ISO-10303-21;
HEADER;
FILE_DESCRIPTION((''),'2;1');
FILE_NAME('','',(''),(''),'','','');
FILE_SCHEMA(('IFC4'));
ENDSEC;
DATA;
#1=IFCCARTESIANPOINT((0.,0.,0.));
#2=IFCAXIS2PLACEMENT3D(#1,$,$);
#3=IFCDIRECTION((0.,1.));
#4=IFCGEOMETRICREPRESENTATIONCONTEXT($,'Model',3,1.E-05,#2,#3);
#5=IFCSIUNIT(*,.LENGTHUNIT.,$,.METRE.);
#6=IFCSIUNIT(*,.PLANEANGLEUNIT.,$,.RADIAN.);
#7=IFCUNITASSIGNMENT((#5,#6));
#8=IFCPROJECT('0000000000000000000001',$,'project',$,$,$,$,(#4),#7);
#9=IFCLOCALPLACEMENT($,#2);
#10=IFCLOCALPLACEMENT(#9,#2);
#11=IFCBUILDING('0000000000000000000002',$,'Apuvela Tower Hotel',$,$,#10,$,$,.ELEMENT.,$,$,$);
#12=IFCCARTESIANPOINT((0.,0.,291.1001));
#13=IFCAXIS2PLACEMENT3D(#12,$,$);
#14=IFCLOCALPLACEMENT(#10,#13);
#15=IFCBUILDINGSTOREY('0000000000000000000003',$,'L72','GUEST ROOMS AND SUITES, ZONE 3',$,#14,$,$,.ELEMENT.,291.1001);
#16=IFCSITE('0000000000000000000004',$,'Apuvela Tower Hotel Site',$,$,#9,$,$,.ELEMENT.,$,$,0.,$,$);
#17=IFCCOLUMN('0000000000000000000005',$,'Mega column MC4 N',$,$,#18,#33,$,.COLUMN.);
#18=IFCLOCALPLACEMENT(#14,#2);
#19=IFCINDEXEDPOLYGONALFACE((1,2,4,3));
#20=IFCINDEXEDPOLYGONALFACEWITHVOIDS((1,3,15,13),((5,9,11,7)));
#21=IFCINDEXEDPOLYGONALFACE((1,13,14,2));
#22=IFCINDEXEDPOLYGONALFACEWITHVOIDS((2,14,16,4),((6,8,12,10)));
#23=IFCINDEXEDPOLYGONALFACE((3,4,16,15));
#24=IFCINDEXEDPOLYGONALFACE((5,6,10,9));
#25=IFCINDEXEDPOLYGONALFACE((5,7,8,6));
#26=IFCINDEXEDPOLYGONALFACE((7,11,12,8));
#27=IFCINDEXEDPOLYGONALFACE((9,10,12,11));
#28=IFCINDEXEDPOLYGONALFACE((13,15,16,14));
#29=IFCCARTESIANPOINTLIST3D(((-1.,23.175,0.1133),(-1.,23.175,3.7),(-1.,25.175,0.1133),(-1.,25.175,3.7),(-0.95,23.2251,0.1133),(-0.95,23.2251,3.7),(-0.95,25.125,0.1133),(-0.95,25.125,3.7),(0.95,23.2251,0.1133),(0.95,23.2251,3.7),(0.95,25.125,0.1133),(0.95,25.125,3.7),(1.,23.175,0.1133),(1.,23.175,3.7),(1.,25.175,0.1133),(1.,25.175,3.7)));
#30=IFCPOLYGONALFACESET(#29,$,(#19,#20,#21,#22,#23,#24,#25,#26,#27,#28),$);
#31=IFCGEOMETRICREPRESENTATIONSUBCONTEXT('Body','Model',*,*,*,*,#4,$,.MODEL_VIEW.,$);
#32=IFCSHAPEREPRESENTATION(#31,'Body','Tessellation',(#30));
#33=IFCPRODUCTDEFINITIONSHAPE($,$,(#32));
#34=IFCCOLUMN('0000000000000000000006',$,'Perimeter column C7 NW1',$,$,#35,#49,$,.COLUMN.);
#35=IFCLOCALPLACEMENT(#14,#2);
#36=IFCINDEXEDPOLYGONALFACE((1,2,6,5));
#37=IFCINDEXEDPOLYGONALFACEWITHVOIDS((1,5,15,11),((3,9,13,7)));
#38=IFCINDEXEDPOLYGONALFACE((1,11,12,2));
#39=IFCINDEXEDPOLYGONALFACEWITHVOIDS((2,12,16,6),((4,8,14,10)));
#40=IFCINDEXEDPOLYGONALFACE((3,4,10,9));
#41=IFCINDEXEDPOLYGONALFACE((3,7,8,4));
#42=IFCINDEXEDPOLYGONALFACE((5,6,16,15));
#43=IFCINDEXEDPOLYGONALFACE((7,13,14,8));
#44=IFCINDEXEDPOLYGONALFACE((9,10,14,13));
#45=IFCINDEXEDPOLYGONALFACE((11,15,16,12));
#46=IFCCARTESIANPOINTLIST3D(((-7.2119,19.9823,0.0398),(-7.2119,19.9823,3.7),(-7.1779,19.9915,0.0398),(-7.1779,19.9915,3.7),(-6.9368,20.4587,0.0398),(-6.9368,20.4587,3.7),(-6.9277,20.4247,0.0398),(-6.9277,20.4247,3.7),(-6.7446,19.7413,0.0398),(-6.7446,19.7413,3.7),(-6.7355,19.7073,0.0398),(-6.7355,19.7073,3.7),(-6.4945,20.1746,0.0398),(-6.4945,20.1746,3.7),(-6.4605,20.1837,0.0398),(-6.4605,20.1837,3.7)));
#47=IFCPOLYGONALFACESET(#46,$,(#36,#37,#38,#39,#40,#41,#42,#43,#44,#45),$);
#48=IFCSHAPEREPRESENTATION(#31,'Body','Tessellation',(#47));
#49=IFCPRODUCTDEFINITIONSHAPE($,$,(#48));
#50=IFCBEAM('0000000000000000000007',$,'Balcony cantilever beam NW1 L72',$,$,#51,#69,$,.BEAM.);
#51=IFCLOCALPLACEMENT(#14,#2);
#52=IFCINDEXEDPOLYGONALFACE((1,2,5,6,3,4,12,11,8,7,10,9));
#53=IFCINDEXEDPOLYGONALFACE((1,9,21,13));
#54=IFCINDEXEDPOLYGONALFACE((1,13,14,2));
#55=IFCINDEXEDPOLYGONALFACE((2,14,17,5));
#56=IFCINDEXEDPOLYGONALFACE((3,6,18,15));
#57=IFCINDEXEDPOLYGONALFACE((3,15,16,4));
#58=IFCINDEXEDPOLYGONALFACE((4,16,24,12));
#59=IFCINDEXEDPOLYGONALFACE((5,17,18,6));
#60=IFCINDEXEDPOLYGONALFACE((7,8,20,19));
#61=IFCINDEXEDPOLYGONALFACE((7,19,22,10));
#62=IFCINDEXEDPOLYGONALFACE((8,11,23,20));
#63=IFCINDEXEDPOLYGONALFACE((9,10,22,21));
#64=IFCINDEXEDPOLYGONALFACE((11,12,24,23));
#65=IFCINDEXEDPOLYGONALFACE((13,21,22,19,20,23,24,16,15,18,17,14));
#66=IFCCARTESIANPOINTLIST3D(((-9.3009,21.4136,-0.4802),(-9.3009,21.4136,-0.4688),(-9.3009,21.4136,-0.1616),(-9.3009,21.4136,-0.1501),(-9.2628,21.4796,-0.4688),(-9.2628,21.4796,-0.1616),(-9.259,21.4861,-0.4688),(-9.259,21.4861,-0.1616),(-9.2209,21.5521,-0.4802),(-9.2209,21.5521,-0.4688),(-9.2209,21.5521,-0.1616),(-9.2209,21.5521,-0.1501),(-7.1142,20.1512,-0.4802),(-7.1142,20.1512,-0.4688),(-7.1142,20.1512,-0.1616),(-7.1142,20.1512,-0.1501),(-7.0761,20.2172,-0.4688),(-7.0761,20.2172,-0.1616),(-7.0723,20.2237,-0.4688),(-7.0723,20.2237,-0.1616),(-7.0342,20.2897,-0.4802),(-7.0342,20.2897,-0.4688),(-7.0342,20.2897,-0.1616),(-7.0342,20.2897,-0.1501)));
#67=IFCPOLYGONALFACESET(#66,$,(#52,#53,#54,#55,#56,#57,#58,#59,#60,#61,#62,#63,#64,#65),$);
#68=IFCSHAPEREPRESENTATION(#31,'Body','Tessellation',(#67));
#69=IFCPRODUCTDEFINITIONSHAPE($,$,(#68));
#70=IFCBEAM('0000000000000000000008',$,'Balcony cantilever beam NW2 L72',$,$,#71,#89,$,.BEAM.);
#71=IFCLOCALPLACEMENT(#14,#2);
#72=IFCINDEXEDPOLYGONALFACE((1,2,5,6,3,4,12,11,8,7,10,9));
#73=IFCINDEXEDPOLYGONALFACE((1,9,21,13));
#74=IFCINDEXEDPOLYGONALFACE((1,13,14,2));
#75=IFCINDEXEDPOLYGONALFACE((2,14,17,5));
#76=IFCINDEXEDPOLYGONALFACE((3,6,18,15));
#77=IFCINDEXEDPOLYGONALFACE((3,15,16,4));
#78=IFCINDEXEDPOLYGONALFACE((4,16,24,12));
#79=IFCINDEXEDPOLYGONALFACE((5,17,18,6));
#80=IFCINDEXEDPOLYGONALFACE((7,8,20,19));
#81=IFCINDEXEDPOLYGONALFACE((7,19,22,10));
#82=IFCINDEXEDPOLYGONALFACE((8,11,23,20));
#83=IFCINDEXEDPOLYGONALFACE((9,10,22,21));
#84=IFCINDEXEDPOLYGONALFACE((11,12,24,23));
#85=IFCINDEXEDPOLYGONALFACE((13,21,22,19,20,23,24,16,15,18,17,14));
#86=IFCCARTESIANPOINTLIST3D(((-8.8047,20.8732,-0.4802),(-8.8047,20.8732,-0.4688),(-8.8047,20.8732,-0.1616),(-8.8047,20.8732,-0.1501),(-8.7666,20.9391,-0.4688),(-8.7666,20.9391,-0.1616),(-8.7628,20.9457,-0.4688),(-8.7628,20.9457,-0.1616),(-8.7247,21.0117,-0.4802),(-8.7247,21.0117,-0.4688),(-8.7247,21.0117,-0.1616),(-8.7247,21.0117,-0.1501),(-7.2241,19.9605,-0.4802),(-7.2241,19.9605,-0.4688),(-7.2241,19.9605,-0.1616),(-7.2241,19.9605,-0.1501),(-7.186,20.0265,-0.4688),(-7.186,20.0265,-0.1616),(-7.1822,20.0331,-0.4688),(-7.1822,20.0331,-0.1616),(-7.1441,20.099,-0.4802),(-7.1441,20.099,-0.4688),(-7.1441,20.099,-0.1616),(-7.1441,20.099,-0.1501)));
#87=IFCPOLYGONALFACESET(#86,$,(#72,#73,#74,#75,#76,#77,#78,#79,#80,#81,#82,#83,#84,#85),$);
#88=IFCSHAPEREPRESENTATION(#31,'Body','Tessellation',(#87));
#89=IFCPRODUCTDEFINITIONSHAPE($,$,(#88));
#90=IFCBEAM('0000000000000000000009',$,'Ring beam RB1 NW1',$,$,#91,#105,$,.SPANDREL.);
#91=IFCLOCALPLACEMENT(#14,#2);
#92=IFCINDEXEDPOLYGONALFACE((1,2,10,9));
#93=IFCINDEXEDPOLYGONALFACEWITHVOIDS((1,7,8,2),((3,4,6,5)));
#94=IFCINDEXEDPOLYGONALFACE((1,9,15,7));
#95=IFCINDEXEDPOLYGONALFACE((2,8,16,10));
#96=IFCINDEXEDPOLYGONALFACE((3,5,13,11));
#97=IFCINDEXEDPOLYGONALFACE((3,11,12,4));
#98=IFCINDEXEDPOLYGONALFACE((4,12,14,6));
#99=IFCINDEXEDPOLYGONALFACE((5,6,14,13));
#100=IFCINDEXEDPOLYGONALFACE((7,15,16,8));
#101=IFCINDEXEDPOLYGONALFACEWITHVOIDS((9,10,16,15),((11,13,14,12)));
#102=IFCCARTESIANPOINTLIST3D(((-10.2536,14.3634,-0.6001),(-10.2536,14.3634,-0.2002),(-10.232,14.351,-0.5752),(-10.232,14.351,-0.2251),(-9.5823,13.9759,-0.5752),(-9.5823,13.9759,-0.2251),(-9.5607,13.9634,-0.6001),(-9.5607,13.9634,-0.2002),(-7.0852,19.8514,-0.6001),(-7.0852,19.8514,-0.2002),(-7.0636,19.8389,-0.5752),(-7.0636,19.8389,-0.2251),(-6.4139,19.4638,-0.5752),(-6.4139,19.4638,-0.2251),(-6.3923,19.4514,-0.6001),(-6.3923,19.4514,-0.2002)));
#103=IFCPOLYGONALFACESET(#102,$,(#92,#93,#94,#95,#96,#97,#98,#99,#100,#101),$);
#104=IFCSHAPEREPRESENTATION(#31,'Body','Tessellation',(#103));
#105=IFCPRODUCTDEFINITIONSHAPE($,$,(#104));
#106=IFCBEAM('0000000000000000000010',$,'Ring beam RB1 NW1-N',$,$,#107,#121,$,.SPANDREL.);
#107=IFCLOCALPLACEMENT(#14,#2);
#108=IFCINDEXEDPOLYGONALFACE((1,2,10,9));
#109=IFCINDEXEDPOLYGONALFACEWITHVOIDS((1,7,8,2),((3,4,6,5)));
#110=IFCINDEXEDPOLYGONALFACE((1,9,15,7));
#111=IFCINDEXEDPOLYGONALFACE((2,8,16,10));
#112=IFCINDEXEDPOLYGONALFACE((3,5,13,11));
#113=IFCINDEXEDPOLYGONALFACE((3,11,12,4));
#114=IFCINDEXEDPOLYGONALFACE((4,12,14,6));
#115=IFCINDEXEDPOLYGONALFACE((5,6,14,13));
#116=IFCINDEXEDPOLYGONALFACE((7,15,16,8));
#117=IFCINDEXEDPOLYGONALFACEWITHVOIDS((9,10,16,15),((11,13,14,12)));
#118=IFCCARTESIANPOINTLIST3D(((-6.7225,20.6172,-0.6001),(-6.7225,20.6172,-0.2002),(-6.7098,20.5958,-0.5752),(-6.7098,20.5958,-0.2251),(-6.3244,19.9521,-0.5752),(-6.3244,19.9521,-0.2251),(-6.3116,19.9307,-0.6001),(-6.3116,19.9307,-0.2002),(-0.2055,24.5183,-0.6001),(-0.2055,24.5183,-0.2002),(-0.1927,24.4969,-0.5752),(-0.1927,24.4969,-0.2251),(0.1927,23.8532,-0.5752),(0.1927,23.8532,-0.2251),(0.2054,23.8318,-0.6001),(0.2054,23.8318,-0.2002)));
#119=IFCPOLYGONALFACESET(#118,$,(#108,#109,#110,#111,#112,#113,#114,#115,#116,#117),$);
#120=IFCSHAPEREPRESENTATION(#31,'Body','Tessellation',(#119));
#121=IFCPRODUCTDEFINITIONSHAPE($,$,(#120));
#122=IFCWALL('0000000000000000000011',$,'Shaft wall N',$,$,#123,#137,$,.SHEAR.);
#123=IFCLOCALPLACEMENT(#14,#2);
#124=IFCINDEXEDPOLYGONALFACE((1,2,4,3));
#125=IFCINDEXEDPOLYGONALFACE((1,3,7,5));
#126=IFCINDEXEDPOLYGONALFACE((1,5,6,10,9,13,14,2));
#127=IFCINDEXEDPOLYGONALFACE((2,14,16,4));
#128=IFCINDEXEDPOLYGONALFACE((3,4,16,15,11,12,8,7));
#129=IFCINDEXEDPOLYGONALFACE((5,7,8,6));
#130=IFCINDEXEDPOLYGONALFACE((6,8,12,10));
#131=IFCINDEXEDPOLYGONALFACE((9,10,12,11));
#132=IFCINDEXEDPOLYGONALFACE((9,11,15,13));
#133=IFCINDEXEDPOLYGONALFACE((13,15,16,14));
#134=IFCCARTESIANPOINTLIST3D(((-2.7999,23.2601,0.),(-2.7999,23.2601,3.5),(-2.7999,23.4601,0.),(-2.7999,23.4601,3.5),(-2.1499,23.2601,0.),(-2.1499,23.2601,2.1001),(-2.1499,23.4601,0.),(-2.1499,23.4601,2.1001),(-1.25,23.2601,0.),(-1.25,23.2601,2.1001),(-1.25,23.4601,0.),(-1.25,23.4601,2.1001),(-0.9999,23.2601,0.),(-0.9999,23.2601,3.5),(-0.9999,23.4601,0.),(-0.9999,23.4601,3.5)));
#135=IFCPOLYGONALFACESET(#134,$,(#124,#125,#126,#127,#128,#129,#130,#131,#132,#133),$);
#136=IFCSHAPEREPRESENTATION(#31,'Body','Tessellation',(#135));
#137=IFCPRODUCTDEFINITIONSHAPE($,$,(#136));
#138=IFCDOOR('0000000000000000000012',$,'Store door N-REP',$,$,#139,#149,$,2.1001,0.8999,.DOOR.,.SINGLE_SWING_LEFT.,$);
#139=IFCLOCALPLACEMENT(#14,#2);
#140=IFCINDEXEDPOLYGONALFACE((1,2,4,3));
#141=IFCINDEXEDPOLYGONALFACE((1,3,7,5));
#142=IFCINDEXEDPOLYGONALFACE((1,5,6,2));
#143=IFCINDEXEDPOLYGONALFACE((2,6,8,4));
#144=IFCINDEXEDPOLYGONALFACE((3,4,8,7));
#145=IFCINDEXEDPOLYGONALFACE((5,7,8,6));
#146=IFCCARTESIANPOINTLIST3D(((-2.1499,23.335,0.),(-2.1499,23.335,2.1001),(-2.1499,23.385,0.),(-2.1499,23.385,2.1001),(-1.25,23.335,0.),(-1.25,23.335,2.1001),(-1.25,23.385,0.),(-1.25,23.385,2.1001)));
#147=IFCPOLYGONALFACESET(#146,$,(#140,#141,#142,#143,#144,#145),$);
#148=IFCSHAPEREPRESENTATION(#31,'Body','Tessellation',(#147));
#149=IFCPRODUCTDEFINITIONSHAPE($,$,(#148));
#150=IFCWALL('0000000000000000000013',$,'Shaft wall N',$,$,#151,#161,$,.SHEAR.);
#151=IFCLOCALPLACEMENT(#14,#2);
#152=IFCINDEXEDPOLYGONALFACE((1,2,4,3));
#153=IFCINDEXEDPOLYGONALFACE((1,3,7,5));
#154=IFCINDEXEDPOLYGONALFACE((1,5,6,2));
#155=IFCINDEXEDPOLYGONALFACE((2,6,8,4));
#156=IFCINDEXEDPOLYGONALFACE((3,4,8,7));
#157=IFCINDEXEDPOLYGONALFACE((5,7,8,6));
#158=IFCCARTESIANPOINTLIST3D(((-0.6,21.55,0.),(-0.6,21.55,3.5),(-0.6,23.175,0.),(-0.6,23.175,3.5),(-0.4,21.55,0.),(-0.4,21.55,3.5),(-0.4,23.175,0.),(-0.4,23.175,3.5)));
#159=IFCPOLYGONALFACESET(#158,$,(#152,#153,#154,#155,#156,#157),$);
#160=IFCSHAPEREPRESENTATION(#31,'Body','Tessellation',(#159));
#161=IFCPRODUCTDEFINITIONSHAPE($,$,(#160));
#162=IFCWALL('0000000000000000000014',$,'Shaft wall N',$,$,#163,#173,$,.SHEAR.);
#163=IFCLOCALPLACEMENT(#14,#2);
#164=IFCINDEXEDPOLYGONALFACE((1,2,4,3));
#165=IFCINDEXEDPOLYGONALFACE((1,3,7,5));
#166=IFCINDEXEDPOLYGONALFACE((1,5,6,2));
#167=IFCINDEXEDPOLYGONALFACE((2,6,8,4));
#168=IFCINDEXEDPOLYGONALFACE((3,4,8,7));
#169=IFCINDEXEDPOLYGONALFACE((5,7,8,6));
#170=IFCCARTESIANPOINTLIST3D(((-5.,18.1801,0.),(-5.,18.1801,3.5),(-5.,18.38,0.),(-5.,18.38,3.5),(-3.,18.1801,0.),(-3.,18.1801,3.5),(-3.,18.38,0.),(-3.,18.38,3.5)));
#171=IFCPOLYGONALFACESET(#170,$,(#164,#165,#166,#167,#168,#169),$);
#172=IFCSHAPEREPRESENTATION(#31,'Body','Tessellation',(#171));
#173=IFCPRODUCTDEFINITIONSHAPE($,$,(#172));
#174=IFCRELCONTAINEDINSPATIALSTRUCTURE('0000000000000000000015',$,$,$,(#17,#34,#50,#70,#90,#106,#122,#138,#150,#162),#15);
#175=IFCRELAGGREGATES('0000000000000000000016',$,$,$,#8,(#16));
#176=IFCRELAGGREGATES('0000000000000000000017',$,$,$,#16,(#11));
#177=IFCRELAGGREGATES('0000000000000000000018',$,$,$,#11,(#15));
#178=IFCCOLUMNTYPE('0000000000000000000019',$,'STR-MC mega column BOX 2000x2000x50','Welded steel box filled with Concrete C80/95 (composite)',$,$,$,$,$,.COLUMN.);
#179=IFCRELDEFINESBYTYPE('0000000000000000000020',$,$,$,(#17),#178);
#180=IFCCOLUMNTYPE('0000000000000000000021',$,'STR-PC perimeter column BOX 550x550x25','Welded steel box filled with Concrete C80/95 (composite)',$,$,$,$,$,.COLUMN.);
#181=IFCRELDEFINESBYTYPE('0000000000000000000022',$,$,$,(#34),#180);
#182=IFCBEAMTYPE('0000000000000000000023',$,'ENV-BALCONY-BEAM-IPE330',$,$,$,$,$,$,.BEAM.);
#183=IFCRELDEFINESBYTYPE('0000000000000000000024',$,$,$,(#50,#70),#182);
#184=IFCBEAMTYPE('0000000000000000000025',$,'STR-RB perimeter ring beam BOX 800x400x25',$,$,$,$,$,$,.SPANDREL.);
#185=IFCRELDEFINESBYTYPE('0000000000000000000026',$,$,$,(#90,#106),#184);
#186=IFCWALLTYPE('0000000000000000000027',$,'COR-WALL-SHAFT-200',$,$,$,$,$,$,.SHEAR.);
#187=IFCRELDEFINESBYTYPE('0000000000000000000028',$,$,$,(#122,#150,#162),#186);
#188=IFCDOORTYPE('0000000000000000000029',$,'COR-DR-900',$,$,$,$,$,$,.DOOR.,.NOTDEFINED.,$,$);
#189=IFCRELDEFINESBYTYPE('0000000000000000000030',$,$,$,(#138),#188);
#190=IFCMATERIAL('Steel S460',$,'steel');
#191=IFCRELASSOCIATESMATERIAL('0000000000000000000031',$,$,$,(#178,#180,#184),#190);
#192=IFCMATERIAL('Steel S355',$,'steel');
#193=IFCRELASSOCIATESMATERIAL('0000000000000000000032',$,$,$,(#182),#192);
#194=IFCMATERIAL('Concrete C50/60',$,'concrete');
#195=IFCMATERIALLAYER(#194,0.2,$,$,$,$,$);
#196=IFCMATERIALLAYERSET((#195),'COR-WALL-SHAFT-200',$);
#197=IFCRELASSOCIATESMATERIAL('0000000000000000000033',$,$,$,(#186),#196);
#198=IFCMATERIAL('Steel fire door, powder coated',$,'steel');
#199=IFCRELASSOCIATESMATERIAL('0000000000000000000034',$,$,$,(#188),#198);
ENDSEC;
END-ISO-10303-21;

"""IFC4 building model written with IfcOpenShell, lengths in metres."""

from ifc_helpers import new_model, si_unit, direction, frame, frame_2d, origin, origin_2d, place, context, subcontext, project, spatial, rectangle, hollow_rectangle, i_section, extrude, boolean, halfspace, material, layer, layer_set, material_profile, profile_set, type_object, element, fill, save


model = new_model("IFC4")

# Units and contexts
model_context = context("Model", 3, precision=1e-05, world=origin(), true_north=direction((0.0, 1.0)))
body_context = subcontext(model_context, "Body", "Model", "MODEL_VIEW")
ifc_project = project(units=[si_unit("LENGTHUNIT", "METRE"), si_unit("PLANEANGLEUNIT", "RADIAN")], contexts=[model_context])

# Site, building, storey
site_placement = place(None, origin())
site = spatial("IfcSite", under=ifc_project, at=site_placement, Name="Apuvela Tower Hotel Site", CompositionType="ELEMENT", RefElevation=0.0)
building_placement = place(site_placement, origin())
building = spatial("IfcBuilding", under=site, at=building_placement, Name="Apuvela Tower Hotel", CompositionType="ELEMENT")
storey_placement = place(building_placement, frame((0.0, 0.0, 291.1001)))
storey = spatial("IfcBuildingStorey", under=building, at=storey_placement, Name="L72", Description="GUEST ROOMS AND SUITES, ZONE 3", CompositionType="ELEMENT", Elevation=291.1001)

# Columns
ifc_material_1 = material(Name="Steel S460", Category="steel")
ifc_material_profile_1 = material_profile(ifc_material_1, hollow_rectangle(XDim=2.0, YDim=2.0, WallThickness=0.05, at=origin_2d()), Name="BOX 2000x2000x50")
ifc_material_2 = material(Name="Concrete C80/95", Category="concrete")
ifc_material_profile_2 = material_profile(ifc_material_2, rectangle(XDim=1.8999, YDim=1.8999, at=origin_2d()), Name="Concrete C80/95 infill")
ifc_profile_set_1 = profile_set([ifc_material_profile_1, ifc_material_profile_2], Name="Steel S460")
column_type_1 = type_object("IfcColumnType", Name="STR-MC mega column BOX 2000x2000x50", Description="Welded steel box filled with Concrete C80/95 (composite)", PredefinedType="COLUMN", material=ifc_profile_set_1)
column_1_placement = place(storey_placement, frame((0.0, 24.175, 0.0), z_axis=(0.0, 0.0, 1.0), x_axis=(1.0, 0.0, 0.0)))
element("IfcColumn", 1, at=column_1_placement, inside=storey, type_object=column_type_1, Name="Mega column MC4 N", PredefinedType="COLUMN", context=body_context, shape_type="SweptSolid", body=[
    boolean("DIFFERENCE", extrude(hollow_rectangle(XDim=2.0, YDim=2.0, WallThickness=0.05, at=origin_2d()), origin(), (0.0, 0.0, 1.0), 3.7), halfspace(frame((0.0, 0.0, 0.1133), z_axis=(0.0, 0.0, 1.0), x_axis=(1.0, 0.0, 0.0)), True)),
])
ifc_material_profile_3 = material_profile(ifc_material_1, hollow_rectangle(XDim=0.55, YDim=0.55, WallThickness=0.0249, at=origin_2d()), Name="BOX 550x550x25")
ifc_material_profile_4 = material_profile(ifc_material_2, rectangle(XDim=0.5, YDim=0.5, at=origin_2d()), Name="Concrete C80/95 infill")
ifc_profile_set_2 = profile_set([ifc_material_profile_3, ifc_material_profile_4], Name="Steel S460")
column_type_2 = type_object("IfcColumnType", Name="STR-PC perimeter column BOX 550x550x25", Description="Welded steel box filled with Concrete C80/95 (composite)", PredefinedType="COLUMN", material=ifc_profile_set_2)
column_2_placement = place(storey_placement, frame((-6.8362, 20.083, 0.0), z_axis=(0.0, 0.0, 1.0), x_axis=(0.5, 0.866025, 0.0)))
element("IfcColumn", 2, at=column_2_placement, inside=storey, type_object=column_type_2, Name="Perimeter column C7 NW1", PredefinedType="COLUMN", context=body_context, shape_type="SweptSolid", body=[
    boolean("DIFFERENCE", extrude(hollow_rectangle(XDim=0.55, YDim=0.55, WallThickness=0.0249, at=origin_2d()), origin(), (0.0, 0.0, 1.0), 3.7), halfspace(frame((0.0, 0.0, 0.0398), z_axis=(0.0, 0.0, 1.0), x_axis=(1.0, 0.0, 0.0)), True)),
])

# Beams
ifc_material_3 = material(Name="Steel S355", Category="steel")
ifc_material_profile_5 = material_profile(ifc_material_3, i_section(OverallWidth=0.1599, OverallDepth=0.3301, WebThickness=0.0076, FlangeThickness=0.0115, at=origin_2d()), Name="IPE 330")
ifc_profile_set_3 = profile_set([ifc_material_profile_5], Name="Steel S355")
beam_type_1 = type_object("IfcBeamType", Name="ENV-BALCONY-BEAM-IPE330", PredefinedType="BEAM", material=ifc_profile_set_3)
beam_1_placement = place(storey_placement, frame((-7.0742, 20.2205, -0.3152), z_axis=(-0.866039, 0.499976, 0.0), x_axis=(-0.499976, -0.866039, 0.0)))
element("IfcBeam", 3, at=beam_1_placement, inside=storey, type_object=beam_type_1, Name="Balcony cantilever beam NW1 L72", PredefinedType="BEAM", context=body_context, shape_type="SweptSolid", body=[
    extrude(i_section(OverallWidth=0.1599, OverallDepth=0.3301, WebThickness=0.0076, FlangeThickness=0.0115, at=origin_2d()), origin(), (0.0, 0.0, 1.0), 2.5249),
])
beam_2_placement = place(storey_placement, frame((-7.1841, 20.0298, -0.3152), z_axis=(-0.866012, 0.500024, 0.0), x_axis=(-0.500024, -0.866012, 0.0)))
element("IfcBeam", 4, at=beam_2_placement, inside=storey, type_object=beam_type_1, Name="Balcony cantilever beam NW2 L72", PredefinedType="BEAM", context=body_context, shape_type="SweptSolid", body=[
    extrude(i_section(OverallWidth=0.1599, OverallDepth=0.3301, WebThickness=0.0076, FlangeThickness=0.0115, at=origin_2d()), origin(), (0.0, 0.0, 1.0), 1.8252),
])
ifc_material_profile_6 = material_profile(ifc_material_1, hollow_rectangle(XDim=0.8, YDim=0.3999, WallThickness=0.0249, at=origin_2d()), Name="BOX 800x400x25")
ifc_profile_set_4 = profile_set([ifc_material_profile_6], Name="Steel S460")
beam_type_2 = type_object("IfcBeamType", Name="STR-RB perimeter ring beam BOX 800x400x25", PredefinedType="SPANDREL", material=ifc_profile_set_4)
beam_3_placement = place(storey_placement, frame((-6.7388, 19.6514, -0.4001), z_axis=(-0.499993, -0.86603, 0.0), x_axis=(0.86603, -0.499993, 0.0)))
element("IfcBeam", 5, at=beam_3_placement, inside=storey, type_object=beam_type_2, Name="Ring beam RB1 NW1", PredefinedType="SPANDREL", context=body_context, shape_type="SweptSolid", body=[
    extrude(hollow_rectangle(XDim=0.8, YDim=0.3999, WallThickness=0.0249, at=origin_2d()), origin(), (0.0, 0.0, 1.0), 6.3369),
])
beam_4_placement = place(storey_placement, frame((-6.5171, 20.2739, -0.4001), z_axis=(0.858023, 0.513612, 0.0), x_axis=(-0.513612, 0.858023, 0.0)))
element("IfcBeam", 6, at=beam_4_placement, inside=storey, type_object=beam_type_2, Name="Ring beam RB1 NW1-N", PredefinedType="SPANDREL", context=body_context, shape_type="SweptSolid", body=[
    extrude(hollow_rectangle(XDim=0.8, YDim=0.3999, WallThickness=0.0249, at=origin_2d()), origin(), (0.0, 0.0, 1.0), 7.5955),
])

# Wall, opening, door
ifc_material_4 = material(Name="Concrete C50/60", Category="concrete")
ifc_layer_1 = layer(ifc_material_4, 0.2)
ifc_layer_set_1 = layer_set([ifc_layer_1], Name="COR-WALL-SHAFT-200")
wall_type_1 = type_object("IfcWallType", Name="COR-WALL-SHAFT-200", PredefinedType="SHEAR", material=ifc_layer_set_1)
wall_1_placement = place(storey_placement, frame((-1.0, 23.3601, 0.0), z_axis=(0.0, 0.0, 1.0), x_axis=(-1.0, 0.0, 0.0)))
wall_1 = element("IfcWall", 7, at=wall_1_placement, inside=storey, type_object=wall_type_1, Name="Shaft wall N", PredefinedType="SHEAR", context=body_context, shape_type="SweptSolid", body=[
    extrude(rectangle(XDim=1.8, YDim=0.2, at=frame_2d((0.8999, 0.0))), origin(), (0.0, 0.0, 1.0), 3.5),
])
opening_1_placement = place(wall_1_placement, frame((0.25, 0.0, 0.0)))
opening_1 = element("IfcOpeningElement", 8, at=opening_1_placement, cuts=wall_1, PredefinedType="OPENING", context=body_context, shape_type="SweptSolid", body=[
    extrude(rectangle(XDim=0.8999, YDim=2.1001, at=frame_2d((0.45, 1.05))), frame((0.0, 0.1099, 0.0), z_axis=(0.0, -1.0, 0.0), x_axis=(1.0, 0.0, 0.0)), (0.0, 0.0, 1.0), 0.22),
])
ifc_material_5 = material(Name="Steel fire door, powder coated", Category="steel")
door_type_1 = type_object("IfcDoorType", Name="COR-DR-900", OperationType="NOTDEFINED", PredefinedType="DOOR", material=ifc_material_5)
door_1_placement = place(opening_1_placement, frame((0.8999, 0.0, 0.0), z_axis=(0.0, 0.0, 1.0), x_axis=(-1.0, 0.0, 0.0)))
door_1 = element("IfcDoor", 9, at=door_1_placement, inside=storey, type_object=door_type_1, Name="Store door N-REP", OperationType="SINGLE_SWING_LEFT", OverallHeight=2.1001, OverallWidth=0.8999, PredefinedType="DOOR", context=body_context, shape_type="SweptSolid", body=[
    extrude(rectangle(XDim=0.8999, YDim=2.1001, at=frame_2d((0.45, 1.05))), frame((0.0, 0.0249, 0.0), z_axis=(0.0, -1.0, 0.0), x_axis=(1.0, 0.0, 0.0)), (0.0, 0.0, 1.0), 0.05),
])
fill(opening_1, door_1)

# Walls
wall_2_placement = place(storey_placement, frame((-0.5, 21.55, 0.0), z_axis=(0.0, 0.0, 1.0), x_axis=(0.0, 1.0, 0.0)))
element("IfcWall", 10, at=wall_2_placement, inside=storey, type_object=wall_type_1, Name="Shaft wall N", PredefinedType="SHEAR", context=body_context, shape_type="SweptSolid", body=[
    extrude(rectangle(XDim=1.625, YDim=0.2, at=frame_2d((0.8125, 0.0))), origin(), (0.0, 0.0, 1.0), 3.5),
])
for number, where, z_axis, x_axis, name in (
    (11, (-3.0, 18.28, 0.0), (0.0, 0.0, 1.0), (-1.0, 0.0, 0.0), "Shaft wall N"),
):
    element("IfcWall", number, at=place(storey_placement, frame(where, z_axis=z_axis, x_axis=x_axis)), inside=storey, type_object=wall_type_1, Name=name, PredefinedType="SHEAR", context=body_context, shape_type="SweptSolid", body=[
        extrude(rectangle(XDim=2.0, YDim=0.2, at=frame_2d((1.0, 0.0))), origin(), (0.0, 0.0, 1.0), 3.5),
    ])

save(model, "model.ifc")
